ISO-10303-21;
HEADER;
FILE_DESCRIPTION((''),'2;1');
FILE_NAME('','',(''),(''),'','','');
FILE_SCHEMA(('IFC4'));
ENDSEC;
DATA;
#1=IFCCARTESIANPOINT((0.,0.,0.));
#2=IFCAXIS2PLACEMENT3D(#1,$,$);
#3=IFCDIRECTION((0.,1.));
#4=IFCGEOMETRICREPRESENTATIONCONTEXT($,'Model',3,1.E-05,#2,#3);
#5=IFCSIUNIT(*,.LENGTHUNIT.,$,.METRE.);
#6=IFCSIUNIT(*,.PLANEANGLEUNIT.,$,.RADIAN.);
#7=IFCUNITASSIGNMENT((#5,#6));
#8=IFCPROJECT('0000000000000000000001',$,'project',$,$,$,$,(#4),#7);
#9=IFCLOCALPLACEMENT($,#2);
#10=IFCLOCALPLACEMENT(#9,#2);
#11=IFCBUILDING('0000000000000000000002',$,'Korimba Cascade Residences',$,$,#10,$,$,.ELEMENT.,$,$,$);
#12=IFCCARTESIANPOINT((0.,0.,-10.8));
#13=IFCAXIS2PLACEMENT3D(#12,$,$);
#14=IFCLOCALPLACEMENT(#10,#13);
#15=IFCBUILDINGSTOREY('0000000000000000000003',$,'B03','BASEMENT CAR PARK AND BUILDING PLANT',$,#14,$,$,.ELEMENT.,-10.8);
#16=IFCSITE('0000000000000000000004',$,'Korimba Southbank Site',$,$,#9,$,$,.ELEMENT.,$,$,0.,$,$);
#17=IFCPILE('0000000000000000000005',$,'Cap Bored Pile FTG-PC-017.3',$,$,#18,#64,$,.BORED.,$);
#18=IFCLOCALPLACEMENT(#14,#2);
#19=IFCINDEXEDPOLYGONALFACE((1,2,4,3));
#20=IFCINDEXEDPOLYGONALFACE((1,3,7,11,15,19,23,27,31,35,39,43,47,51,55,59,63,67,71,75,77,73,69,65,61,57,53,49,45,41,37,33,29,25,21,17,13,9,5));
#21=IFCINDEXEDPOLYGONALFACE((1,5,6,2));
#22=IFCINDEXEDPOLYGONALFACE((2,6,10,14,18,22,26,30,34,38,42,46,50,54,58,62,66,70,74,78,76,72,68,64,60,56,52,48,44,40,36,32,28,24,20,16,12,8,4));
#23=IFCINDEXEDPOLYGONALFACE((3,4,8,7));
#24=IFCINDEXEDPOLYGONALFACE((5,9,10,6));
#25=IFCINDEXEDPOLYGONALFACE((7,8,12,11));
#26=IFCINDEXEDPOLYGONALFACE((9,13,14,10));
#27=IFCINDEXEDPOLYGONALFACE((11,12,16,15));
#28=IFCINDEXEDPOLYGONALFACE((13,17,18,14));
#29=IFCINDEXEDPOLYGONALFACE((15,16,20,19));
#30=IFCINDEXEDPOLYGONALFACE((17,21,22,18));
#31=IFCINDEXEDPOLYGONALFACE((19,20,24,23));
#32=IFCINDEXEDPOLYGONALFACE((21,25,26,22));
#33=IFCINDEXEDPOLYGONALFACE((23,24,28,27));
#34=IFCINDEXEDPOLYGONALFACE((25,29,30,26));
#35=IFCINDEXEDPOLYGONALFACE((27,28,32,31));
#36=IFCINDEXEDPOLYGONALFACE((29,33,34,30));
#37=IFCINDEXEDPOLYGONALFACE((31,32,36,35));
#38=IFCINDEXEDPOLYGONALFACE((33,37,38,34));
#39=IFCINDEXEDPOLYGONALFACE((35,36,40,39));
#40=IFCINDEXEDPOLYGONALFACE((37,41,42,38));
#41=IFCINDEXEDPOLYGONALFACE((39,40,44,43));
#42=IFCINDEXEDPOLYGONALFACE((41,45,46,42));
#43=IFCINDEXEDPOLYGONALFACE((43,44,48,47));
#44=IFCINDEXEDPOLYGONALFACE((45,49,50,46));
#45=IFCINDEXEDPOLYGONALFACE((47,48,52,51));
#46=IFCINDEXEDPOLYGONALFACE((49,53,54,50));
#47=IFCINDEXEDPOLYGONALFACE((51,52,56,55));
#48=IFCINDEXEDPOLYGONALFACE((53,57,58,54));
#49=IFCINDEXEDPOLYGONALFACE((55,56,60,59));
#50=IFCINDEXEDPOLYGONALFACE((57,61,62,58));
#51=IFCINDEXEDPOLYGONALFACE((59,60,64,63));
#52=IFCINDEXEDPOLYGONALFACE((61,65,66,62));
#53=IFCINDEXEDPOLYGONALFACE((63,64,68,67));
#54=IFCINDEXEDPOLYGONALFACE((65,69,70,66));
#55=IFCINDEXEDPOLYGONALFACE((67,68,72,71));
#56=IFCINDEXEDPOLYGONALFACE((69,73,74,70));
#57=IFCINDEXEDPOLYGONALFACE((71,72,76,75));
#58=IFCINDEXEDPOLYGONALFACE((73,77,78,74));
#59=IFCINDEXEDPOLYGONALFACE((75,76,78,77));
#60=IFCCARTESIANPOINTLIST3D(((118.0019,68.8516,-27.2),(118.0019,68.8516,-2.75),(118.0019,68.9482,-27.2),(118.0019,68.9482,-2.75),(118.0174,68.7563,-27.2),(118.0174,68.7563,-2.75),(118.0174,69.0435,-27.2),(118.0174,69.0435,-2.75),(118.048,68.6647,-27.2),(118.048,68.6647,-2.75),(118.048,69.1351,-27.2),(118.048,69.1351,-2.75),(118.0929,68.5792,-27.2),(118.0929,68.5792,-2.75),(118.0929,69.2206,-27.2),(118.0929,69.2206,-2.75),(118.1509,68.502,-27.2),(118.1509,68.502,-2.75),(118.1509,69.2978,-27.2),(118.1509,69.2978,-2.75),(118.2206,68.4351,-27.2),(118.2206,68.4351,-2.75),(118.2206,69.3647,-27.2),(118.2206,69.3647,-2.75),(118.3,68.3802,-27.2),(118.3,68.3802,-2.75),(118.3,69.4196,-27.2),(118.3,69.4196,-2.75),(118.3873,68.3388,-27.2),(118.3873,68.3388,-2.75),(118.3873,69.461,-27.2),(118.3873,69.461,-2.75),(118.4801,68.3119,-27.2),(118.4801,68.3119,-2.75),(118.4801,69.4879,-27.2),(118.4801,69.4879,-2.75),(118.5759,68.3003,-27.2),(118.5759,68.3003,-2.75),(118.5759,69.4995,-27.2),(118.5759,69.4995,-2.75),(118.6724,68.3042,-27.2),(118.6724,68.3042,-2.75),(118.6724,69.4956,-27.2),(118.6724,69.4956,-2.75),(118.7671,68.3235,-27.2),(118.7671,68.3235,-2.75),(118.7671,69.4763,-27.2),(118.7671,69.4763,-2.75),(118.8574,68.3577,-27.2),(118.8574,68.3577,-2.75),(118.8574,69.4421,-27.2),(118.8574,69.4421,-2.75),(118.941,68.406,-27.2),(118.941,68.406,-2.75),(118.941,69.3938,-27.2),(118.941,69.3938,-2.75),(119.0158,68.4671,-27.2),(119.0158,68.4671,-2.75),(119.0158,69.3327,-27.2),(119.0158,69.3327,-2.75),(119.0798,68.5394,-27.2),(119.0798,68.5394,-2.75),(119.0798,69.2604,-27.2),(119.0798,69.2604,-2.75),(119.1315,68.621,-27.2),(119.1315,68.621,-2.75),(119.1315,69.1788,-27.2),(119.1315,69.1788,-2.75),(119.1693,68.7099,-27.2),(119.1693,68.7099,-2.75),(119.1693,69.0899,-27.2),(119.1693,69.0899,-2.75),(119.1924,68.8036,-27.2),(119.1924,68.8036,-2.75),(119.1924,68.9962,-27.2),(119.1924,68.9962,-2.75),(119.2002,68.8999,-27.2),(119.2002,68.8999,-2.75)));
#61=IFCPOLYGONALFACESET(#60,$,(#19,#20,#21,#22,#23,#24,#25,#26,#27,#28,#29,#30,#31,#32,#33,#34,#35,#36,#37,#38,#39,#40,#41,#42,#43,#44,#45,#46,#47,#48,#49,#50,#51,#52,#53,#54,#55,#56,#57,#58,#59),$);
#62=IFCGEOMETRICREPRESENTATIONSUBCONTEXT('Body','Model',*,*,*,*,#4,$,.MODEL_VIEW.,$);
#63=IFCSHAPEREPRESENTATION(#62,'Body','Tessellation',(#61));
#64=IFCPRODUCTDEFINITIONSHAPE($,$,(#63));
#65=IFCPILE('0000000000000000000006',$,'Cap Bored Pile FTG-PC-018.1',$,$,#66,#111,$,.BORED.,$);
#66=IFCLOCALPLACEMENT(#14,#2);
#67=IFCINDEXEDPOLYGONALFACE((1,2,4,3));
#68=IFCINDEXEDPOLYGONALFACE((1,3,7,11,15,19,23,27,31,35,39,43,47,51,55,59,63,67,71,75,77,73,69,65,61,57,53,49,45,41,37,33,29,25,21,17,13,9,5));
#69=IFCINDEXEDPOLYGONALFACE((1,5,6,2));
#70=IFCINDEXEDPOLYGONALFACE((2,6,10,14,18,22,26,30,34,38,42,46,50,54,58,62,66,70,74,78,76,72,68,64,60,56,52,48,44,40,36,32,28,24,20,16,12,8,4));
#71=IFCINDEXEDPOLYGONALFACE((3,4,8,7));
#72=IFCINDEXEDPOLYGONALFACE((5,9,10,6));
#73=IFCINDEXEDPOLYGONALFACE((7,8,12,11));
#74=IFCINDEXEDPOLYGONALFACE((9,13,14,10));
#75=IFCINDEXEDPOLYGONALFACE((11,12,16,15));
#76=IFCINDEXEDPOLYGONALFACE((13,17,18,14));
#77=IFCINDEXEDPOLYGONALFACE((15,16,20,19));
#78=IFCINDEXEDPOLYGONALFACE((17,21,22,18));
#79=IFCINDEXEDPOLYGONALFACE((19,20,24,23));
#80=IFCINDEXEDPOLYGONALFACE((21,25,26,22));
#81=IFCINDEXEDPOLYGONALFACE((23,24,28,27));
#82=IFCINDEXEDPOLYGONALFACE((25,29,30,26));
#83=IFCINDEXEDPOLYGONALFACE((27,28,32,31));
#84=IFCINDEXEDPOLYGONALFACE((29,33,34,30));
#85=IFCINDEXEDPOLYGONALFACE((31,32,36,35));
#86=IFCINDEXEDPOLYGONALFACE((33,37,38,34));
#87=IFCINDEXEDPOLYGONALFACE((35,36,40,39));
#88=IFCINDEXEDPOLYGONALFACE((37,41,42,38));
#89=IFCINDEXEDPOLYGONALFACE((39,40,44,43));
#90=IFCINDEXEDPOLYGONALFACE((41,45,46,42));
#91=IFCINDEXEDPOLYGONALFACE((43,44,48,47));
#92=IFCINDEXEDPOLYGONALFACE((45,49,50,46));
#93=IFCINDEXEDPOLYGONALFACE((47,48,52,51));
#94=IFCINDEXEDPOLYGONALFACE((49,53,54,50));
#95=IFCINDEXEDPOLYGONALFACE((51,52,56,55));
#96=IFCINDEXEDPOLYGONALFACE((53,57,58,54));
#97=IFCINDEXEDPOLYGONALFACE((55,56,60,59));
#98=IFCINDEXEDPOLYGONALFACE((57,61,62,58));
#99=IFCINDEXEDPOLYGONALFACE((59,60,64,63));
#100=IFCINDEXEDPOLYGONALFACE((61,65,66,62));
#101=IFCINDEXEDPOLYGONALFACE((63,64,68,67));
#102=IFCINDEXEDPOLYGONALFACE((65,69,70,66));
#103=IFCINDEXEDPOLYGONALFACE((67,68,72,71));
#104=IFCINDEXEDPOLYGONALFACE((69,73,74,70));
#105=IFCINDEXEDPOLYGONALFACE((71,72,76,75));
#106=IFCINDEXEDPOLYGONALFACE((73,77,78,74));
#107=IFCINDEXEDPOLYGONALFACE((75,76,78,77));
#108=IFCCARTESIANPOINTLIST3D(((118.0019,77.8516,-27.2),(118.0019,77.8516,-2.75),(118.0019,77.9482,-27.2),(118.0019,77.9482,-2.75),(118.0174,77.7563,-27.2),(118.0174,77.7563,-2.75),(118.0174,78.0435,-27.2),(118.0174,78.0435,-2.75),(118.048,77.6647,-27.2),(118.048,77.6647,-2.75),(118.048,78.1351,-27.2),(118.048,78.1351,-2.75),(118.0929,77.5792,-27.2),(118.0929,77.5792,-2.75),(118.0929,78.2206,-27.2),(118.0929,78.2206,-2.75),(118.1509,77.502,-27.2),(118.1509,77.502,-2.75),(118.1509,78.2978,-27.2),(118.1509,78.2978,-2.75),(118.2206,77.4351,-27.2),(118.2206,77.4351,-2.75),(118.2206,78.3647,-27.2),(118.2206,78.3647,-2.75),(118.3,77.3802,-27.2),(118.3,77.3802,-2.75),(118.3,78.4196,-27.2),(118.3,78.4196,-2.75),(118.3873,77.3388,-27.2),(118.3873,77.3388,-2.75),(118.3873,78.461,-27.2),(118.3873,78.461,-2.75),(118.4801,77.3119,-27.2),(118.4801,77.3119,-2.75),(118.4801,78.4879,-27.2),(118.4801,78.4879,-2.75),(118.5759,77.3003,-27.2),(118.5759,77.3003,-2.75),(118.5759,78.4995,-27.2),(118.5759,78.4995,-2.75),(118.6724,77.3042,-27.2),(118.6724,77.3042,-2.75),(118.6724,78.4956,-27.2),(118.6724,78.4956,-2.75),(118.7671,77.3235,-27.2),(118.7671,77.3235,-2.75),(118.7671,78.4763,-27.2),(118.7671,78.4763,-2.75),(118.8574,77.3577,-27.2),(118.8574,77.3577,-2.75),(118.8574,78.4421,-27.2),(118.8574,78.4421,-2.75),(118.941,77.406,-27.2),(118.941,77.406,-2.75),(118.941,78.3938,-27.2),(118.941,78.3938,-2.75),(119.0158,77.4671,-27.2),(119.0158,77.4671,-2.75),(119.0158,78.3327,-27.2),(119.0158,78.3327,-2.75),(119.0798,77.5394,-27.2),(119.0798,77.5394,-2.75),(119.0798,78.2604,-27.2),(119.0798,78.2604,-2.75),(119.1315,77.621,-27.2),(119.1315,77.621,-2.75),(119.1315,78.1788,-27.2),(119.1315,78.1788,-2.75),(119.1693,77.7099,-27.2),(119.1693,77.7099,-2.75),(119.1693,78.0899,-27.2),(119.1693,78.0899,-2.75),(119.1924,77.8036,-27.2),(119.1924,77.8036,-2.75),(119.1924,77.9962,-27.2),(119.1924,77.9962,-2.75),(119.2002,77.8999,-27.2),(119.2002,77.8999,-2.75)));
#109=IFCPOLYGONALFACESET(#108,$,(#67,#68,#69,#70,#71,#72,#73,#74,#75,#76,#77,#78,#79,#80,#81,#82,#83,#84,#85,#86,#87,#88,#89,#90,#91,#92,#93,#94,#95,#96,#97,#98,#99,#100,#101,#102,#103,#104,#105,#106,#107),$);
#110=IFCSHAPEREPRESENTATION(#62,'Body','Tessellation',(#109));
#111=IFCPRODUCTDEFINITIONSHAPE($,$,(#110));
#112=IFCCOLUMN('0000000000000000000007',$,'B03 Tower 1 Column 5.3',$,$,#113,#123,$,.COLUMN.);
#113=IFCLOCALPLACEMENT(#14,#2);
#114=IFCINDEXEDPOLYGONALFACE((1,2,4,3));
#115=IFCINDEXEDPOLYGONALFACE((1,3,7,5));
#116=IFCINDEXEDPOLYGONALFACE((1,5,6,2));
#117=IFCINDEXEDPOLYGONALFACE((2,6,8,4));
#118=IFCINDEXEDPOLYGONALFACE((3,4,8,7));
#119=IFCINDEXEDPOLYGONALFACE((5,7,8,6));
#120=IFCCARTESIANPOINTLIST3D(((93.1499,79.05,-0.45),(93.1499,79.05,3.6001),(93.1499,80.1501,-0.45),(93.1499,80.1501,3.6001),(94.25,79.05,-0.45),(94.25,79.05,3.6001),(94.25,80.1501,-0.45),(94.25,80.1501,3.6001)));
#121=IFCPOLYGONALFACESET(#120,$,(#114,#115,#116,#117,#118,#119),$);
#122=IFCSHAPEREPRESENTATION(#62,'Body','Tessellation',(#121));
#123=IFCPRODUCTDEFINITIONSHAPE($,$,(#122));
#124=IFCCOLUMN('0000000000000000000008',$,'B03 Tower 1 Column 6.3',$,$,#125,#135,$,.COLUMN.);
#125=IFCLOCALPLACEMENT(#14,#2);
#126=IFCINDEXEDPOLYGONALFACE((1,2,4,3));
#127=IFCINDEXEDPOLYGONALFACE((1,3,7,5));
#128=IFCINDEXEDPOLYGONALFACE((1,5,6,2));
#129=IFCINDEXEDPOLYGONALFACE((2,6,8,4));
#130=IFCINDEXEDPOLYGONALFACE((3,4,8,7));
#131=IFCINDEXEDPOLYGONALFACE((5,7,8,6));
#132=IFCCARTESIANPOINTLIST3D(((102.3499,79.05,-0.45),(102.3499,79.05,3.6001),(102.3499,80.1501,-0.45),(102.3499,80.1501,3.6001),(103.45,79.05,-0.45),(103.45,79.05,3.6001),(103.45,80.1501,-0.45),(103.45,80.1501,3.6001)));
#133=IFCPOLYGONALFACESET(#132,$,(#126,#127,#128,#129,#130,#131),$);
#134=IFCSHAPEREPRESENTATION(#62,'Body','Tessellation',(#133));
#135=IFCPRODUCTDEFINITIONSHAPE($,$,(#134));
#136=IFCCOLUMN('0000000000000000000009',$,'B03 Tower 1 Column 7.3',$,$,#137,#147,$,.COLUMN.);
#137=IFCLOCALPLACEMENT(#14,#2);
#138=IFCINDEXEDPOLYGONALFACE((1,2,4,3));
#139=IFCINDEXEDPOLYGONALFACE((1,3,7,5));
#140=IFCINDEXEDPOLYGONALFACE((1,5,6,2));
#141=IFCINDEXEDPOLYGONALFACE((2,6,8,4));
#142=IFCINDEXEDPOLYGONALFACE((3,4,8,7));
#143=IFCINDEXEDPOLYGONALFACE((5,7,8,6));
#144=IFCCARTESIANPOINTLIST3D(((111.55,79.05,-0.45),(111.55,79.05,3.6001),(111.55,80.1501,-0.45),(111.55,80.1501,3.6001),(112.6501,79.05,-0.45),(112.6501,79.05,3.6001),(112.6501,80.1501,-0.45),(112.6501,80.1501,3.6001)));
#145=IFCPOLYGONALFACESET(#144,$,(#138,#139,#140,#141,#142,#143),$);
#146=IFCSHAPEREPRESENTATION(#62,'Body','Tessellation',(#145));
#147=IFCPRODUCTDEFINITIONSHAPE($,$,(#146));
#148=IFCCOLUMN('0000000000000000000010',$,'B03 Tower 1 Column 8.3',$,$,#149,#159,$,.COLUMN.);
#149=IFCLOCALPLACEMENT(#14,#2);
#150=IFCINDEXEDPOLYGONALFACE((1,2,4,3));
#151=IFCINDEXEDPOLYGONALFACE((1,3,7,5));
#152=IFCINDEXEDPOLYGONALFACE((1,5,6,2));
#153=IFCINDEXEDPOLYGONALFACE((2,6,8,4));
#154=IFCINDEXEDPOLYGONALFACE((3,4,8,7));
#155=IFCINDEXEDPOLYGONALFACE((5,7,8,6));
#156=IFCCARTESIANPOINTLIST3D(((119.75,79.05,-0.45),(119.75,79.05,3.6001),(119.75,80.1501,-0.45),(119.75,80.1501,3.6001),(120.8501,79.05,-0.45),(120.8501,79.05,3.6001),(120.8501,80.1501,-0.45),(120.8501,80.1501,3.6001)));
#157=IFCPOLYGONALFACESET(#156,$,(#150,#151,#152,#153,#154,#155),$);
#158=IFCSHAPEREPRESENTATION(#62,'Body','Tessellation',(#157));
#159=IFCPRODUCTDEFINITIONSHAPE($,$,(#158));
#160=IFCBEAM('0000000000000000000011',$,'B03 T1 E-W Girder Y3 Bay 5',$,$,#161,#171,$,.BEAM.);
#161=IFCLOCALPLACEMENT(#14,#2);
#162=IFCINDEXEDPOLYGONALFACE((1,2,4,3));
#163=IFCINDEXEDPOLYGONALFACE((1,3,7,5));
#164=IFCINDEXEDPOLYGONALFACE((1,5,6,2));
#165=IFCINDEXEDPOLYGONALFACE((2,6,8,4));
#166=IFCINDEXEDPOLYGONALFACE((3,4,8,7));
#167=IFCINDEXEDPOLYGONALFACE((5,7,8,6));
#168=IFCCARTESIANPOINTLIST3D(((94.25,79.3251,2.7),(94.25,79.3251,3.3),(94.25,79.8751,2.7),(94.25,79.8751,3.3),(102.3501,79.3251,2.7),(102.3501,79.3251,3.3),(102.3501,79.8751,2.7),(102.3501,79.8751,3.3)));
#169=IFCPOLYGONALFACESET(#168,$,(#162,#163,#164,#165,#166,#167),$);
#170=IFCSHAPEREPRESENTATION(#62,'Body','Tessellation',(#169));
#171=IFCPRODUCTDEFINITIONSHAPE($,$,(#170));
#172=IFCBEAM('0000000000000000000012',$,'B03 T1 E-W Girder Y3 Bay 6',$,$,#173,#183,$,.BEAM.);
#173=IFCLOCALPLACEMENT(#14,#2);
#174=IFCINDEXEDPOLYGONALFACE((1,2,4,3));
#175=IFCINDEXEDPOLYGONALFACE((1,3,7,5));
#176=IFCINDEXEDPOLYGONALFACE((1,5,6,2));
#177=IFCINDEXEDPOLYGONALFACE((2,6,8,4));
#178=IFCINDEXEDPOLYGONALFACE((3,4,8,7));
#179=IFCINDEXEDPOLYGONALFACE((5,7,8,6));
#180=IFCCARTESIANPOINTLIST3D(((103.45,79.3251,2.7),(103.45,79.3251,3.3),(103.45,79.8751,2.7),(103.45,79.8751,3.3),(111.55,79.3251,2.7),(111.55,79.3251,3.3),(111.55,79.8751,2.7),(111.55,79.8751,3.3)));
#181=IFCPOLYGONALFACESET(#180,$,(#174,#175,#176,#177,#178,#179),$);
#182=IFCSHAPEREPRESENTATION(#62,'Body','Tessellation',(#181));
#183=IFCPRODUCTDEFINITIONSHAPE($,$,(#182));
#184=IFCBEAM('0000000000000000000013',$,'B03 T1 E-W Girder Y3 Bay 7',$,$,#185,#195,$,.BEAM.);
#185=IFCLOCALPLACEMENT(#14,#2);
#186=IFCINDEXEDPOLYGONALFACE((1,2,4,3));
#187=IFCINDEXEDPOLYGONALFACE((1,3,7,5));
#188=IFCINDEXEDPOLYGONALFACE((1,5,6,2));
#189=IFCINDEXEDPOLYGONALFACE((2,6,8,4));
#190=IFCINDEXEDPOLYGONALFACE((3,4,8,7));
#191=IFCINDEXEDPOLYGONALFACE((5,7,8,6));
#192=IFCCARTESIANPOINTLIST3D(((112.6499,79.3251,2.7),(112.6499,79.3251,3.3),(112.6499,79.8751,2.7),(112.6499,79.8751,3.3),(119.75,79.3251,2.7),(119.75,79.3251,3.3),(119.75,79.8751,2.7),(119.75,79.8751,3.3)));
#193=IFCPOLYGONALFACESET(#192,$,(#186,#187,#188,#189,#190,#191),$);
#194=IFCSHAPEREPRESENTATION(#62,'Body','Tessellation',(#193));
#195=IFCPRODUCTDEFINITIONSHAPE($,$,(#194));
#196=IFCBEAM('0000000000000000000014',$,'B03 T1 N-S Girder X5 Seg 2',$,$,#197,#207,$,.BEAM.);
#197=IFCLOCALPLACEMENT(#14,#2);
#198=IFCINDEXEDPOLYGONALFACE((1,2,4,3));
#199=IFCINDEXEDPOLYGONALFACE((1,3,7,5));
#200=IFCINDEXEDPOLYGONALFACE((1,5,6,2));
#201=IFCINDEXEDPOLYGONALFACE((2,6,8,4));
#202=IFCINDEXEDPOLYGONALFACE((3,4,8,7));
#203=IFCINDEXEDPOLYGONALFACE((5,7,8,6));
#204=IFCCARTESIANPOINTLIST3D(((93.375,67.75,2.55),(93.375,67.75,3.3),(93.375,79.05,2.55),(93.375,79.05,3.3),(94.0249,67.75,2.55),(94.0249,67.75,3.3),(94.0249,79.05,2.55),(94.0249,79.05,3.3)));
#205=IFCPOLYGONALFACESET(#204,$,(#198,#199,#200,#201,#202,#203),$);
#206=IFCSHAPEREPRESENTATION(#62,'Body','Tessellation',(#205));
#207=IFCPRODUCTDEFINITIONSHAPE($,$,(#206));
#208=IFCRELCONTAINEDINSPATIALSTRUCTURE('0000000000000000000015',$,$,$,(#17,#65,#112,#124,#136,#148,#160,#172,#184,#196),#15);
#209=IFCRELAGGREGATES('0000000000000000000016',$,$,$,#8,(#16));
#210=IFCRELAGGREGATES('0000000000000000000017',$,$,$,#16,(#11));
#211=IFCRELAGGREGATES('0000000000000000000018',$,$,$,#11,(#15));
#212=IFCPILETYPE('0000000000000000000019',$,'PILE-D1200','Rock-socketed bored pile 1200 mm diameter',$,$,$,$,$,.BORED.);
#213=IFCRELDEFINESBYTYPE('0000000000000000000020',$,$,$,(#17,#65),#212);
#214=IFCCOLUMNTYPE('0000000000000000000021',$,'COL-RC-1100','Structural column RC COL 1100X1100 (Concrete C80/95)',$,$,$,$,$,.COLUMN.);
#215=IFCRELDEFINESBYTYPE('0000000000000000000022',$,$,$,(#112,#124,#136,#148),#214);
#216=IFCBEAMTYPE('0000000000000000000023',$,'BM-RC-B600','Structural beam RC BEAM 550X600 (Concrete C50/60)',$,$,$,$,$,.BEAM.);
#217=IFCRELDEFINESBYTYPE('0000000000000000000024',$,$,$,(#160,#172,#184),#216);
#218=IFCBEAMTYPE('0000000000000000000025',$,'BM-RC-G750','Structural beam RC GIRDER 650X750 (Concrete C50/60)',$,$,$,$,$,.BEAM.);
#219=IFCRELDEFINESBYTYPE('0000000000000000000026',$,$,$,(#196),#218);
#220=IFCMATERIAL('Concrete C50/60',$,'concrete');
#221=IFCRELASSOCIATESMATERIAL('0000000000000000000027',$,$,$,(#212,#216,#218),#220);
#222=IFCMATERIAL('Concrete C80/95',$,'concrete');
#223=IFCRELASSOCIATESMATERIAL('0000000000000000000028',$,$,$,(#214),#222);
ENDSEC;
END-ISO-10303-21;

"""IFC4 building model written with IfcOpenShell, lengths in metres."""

from ifc_helpers import new_model, si_unit, direction, frame, origin, origin_2d, place, context, subcontext, project, spatial, rectangle, circle, extrude, material, material_profile, profile_set, type_object, element, save


model = new_model("IFC4")

# Units and contexts
model_context = context("Model", 3, precision=1e-05, world=origin(), true_north=direction((0.0, 1.0)))
body_context = subcontext(model_context, "Body", "Model", "MODEL_VIEW")
ifc_project = project(units=[si_unit("LENGTHUNIT", "METRE"), si_unit("PLANEANGLEUNIT", "RADIAN")], contexts=[model_context])

# Site, building, storey
site_placement = place(None, origin())
site = spatial("IfcSite", under=ifc_project, at=site_placement, Name="Korimba Southbank Site", CompositionType="ELEMENT", RefElevation=0.0)
building_placement = place(site_placement, origin())
building = spatial("IfcBuilding", under=site, at=building_placement, Name="Korimba Cascade Residences", CompositionType="ELEMENT")
storey_placement = place(building_placement, frame((0.0, 0.0, -10.8)))
storey = spatial("IfcBuildingStorey", under=building, at=storey_placement, Name="B03", Description="BASEMENT CAR PARK AND BUILDING PLANT", CompositionType="ELEMENT", Elevation=-10.8)

# Piles
ifc_material_1 = material(Name="Concrete C50/60", Category="concrete")
ifc_material_profile_1 = material_profile(ifc_material_1, circle(Radius=0.6001, at=origin_2d()), Name="Concrete C50/60")
ifc_profile_set_1 = profile_set([ifc_material_profile_1], Name="Concrete C50/60")
pile_type = type_object("IfcPileType", Name="PILE-D1200", Description="Rock-socketed bored pile 1200 mm diameter", PredefinedType="BORED", material=ifc_profile_set_1)
for number, where, z_axis, x_axis, name in (
    (1, (118.6001, 68.8999, -2.75), (0.0, 0.0, -1.0), (1.0, 0.0, 0.0), "Cap Bored Pile FTG-PC-017.3"),
    (2, (118.6001, 77.8999, -2.75), (0.0, 0.0, -1.0), (1.0, 0.0, 0.0), "Cap Bored Pile FTG-PC-018.1"),
):
    element("IfcPile", number, at=place(storey_placement, frame(where, z_axis=z_axis, x_axis=x_axis)), inside=storey, type_object=pile_type, Name=name, PredefinedType="BORED", context=body_context, shape_type="SweptSolid", body=[
        extrude(circle(Radius=0.6001, at=origin_2d()), origin(), (0.0, 0.0, 1.0), 24.45),
    ])

# Columns
ifc_material_2 = material(Name="Concrete C80/95", Category="concrete")
ifc_material_profile_2 = material_profile(ifc_material_2, rectangle(XDim=1.1001, YDim=1.1001, at=origin_2d()), Name="Concrete C80/95")
ifc_profile_set_2 = profile_set([ifc_material_profile_2], Name="Concrete C80/95")
column_type = type_object("IfcColumnType", Name="COL-RC-1100", Description="Structural column RC COL 1100X1100 (Concrete C80/95)", PredefinedType="COLUMN", material=ifc_profile_set_2)
for number, where, z_axis, x_axis, name in (
    (3, (93.7, 79.6001, -0.45), (0.0, 0.0, 1.0), (1.0, 0.0, 0.0), "B03 Tower 1 Column 5.3"),
    (4, (102.8999, 79.6001, -0.45), (0.0, 0.0, 1.0), (1.0, 0.0, 0.0), "B03 Tower 1 Column 6.3"),
    (5, (112.1001, 79.6001, -0.45), (0.0, 0.0, 1.0), (1.0, 0.0, 0.0), "B03 Tower 1 Column 7.3"),
    (6, (120.3, 79.6001, -0.45), (0.0, 0.0, 1.0), (1.0, 0.0, 0.0), "B03 Tower 1 Column 8.3"),
):
    element("IfcColumn", number, at=place(storey_placement, frame(where, z_axis=z_axis, x_axis=x_axis)), inside=storey, type_object=column_type, Name=name, PredefinedType="COLUMN", context=body_context, shape_type="SweptSolid", body=[
        extrude(rectangle(XDim=1.1001, YDim=1.1001, at=origin_2d()), origin(), (0.0, 0.0, 1.0), 4.05),
    ])

# Beams
ifc_material_profile_3 = material_profile(ifc_material_1, rectangle(XDim=0.55, YDim=0.6001, at=origin_2d()), Name="Concrete C50/60")
ifc_profile_set_3 = profile_set([ifc_material_profile_3], Name="Concrete C50/60")
beam_type_1 = type_object("IfcBeamType", Name="BM-RC-B600", Description="Structural beam RC BEAM 550X600 (Concrete C50/60)", PredefinedType="BEAM", material=ifc_profile_set_3)
for number, where, z_axis, x_axis, name in (
    (7, (94.25, 79.6001, 3.0), (1.0, 0.0, 0.0), (0.0, 1.0, 0.0), "B03 T1 E-W Girder Y3 Bay 5"),
    (8, (103.45, 79.6001, 3.0), (1.0, 0.0, 0.0), (0.0, 1.0, 0.0), "B03 T1 E-W Girder Y3 Bay 6"),
):
    element("IfcBeam", number, at=place(storey_placement, frame(where, z_axis=z_axis, x_axis=x_axis)), inside=storey, type_object=beam_type_1, Name=name, PredefinedType="BEAM", context=body_context, shape_type="SweptSolid", body=[
        extrude(rectangle(XDim=0.55, YDim=0.6001, at=origin_2d()), origin(), (0.0, 0.0, 1.0), 8.1001),
    ])
beam_1_placement = place(storey_placement, frame((112.6499, 79.6001, 3.0), z_axis=(1.0, 0.0, 0.0), x_axis=(0.0, 1.0, 0.0)))
element("IfcBeam", 9, at=beam_1_placement, inside=storey, type_object=beam_type_1, Name="B03 T1 E-W Girder Y3 Bay 7", PredefinedType="BEAM", context=body_context, shape_type="SweptSolid", body=[
    extrude(rectangle(XDim=0.55, YDim=0.6001, at=origin_2d()), origin(), (0.0, 0.0, 1.0), 7.1001),
])
ifc_material_profile_4 = material_profile(ifc_material_1, rectangle(XDim=0.6499, YDim=0.75, at=origin_2d()), Name="Concrete C50/60")
ifc_profile_set_4 = profile_set([ifc_material_profile_4], Name="Concrete C50/60")
beam_type_2 = type_object("IfcBeamType", Name="BM-RC-G750", Description="Structural beam RC GIRDER 650X750 (Concrete C50/60)", PredefinedType="BEAM", material=ifc_profile_set_4)
beam_2_placement = place(storey_placement, frame((93.7, 67.75, 2.925), z_axis=(0.0, 1.0, 0.0), x_axis=(-1.0, 0.0, 0.0)))
element("IfcBeam", 10, at=beam_2_placement, inside=storey, type_object=beam_type_2, Name="B03 T1 N-S Girder X5 Seg 2", PredefinedType="BEAM", context=body_context, shape_type="SweptSolid", body=[
    extrude(rectangle(XDim=0.6499, YDim=0.75, at=origin_2d()), origin(), (0.0, 0.0, 1.0), 11.3),
])

save(model, "model.ifc")
